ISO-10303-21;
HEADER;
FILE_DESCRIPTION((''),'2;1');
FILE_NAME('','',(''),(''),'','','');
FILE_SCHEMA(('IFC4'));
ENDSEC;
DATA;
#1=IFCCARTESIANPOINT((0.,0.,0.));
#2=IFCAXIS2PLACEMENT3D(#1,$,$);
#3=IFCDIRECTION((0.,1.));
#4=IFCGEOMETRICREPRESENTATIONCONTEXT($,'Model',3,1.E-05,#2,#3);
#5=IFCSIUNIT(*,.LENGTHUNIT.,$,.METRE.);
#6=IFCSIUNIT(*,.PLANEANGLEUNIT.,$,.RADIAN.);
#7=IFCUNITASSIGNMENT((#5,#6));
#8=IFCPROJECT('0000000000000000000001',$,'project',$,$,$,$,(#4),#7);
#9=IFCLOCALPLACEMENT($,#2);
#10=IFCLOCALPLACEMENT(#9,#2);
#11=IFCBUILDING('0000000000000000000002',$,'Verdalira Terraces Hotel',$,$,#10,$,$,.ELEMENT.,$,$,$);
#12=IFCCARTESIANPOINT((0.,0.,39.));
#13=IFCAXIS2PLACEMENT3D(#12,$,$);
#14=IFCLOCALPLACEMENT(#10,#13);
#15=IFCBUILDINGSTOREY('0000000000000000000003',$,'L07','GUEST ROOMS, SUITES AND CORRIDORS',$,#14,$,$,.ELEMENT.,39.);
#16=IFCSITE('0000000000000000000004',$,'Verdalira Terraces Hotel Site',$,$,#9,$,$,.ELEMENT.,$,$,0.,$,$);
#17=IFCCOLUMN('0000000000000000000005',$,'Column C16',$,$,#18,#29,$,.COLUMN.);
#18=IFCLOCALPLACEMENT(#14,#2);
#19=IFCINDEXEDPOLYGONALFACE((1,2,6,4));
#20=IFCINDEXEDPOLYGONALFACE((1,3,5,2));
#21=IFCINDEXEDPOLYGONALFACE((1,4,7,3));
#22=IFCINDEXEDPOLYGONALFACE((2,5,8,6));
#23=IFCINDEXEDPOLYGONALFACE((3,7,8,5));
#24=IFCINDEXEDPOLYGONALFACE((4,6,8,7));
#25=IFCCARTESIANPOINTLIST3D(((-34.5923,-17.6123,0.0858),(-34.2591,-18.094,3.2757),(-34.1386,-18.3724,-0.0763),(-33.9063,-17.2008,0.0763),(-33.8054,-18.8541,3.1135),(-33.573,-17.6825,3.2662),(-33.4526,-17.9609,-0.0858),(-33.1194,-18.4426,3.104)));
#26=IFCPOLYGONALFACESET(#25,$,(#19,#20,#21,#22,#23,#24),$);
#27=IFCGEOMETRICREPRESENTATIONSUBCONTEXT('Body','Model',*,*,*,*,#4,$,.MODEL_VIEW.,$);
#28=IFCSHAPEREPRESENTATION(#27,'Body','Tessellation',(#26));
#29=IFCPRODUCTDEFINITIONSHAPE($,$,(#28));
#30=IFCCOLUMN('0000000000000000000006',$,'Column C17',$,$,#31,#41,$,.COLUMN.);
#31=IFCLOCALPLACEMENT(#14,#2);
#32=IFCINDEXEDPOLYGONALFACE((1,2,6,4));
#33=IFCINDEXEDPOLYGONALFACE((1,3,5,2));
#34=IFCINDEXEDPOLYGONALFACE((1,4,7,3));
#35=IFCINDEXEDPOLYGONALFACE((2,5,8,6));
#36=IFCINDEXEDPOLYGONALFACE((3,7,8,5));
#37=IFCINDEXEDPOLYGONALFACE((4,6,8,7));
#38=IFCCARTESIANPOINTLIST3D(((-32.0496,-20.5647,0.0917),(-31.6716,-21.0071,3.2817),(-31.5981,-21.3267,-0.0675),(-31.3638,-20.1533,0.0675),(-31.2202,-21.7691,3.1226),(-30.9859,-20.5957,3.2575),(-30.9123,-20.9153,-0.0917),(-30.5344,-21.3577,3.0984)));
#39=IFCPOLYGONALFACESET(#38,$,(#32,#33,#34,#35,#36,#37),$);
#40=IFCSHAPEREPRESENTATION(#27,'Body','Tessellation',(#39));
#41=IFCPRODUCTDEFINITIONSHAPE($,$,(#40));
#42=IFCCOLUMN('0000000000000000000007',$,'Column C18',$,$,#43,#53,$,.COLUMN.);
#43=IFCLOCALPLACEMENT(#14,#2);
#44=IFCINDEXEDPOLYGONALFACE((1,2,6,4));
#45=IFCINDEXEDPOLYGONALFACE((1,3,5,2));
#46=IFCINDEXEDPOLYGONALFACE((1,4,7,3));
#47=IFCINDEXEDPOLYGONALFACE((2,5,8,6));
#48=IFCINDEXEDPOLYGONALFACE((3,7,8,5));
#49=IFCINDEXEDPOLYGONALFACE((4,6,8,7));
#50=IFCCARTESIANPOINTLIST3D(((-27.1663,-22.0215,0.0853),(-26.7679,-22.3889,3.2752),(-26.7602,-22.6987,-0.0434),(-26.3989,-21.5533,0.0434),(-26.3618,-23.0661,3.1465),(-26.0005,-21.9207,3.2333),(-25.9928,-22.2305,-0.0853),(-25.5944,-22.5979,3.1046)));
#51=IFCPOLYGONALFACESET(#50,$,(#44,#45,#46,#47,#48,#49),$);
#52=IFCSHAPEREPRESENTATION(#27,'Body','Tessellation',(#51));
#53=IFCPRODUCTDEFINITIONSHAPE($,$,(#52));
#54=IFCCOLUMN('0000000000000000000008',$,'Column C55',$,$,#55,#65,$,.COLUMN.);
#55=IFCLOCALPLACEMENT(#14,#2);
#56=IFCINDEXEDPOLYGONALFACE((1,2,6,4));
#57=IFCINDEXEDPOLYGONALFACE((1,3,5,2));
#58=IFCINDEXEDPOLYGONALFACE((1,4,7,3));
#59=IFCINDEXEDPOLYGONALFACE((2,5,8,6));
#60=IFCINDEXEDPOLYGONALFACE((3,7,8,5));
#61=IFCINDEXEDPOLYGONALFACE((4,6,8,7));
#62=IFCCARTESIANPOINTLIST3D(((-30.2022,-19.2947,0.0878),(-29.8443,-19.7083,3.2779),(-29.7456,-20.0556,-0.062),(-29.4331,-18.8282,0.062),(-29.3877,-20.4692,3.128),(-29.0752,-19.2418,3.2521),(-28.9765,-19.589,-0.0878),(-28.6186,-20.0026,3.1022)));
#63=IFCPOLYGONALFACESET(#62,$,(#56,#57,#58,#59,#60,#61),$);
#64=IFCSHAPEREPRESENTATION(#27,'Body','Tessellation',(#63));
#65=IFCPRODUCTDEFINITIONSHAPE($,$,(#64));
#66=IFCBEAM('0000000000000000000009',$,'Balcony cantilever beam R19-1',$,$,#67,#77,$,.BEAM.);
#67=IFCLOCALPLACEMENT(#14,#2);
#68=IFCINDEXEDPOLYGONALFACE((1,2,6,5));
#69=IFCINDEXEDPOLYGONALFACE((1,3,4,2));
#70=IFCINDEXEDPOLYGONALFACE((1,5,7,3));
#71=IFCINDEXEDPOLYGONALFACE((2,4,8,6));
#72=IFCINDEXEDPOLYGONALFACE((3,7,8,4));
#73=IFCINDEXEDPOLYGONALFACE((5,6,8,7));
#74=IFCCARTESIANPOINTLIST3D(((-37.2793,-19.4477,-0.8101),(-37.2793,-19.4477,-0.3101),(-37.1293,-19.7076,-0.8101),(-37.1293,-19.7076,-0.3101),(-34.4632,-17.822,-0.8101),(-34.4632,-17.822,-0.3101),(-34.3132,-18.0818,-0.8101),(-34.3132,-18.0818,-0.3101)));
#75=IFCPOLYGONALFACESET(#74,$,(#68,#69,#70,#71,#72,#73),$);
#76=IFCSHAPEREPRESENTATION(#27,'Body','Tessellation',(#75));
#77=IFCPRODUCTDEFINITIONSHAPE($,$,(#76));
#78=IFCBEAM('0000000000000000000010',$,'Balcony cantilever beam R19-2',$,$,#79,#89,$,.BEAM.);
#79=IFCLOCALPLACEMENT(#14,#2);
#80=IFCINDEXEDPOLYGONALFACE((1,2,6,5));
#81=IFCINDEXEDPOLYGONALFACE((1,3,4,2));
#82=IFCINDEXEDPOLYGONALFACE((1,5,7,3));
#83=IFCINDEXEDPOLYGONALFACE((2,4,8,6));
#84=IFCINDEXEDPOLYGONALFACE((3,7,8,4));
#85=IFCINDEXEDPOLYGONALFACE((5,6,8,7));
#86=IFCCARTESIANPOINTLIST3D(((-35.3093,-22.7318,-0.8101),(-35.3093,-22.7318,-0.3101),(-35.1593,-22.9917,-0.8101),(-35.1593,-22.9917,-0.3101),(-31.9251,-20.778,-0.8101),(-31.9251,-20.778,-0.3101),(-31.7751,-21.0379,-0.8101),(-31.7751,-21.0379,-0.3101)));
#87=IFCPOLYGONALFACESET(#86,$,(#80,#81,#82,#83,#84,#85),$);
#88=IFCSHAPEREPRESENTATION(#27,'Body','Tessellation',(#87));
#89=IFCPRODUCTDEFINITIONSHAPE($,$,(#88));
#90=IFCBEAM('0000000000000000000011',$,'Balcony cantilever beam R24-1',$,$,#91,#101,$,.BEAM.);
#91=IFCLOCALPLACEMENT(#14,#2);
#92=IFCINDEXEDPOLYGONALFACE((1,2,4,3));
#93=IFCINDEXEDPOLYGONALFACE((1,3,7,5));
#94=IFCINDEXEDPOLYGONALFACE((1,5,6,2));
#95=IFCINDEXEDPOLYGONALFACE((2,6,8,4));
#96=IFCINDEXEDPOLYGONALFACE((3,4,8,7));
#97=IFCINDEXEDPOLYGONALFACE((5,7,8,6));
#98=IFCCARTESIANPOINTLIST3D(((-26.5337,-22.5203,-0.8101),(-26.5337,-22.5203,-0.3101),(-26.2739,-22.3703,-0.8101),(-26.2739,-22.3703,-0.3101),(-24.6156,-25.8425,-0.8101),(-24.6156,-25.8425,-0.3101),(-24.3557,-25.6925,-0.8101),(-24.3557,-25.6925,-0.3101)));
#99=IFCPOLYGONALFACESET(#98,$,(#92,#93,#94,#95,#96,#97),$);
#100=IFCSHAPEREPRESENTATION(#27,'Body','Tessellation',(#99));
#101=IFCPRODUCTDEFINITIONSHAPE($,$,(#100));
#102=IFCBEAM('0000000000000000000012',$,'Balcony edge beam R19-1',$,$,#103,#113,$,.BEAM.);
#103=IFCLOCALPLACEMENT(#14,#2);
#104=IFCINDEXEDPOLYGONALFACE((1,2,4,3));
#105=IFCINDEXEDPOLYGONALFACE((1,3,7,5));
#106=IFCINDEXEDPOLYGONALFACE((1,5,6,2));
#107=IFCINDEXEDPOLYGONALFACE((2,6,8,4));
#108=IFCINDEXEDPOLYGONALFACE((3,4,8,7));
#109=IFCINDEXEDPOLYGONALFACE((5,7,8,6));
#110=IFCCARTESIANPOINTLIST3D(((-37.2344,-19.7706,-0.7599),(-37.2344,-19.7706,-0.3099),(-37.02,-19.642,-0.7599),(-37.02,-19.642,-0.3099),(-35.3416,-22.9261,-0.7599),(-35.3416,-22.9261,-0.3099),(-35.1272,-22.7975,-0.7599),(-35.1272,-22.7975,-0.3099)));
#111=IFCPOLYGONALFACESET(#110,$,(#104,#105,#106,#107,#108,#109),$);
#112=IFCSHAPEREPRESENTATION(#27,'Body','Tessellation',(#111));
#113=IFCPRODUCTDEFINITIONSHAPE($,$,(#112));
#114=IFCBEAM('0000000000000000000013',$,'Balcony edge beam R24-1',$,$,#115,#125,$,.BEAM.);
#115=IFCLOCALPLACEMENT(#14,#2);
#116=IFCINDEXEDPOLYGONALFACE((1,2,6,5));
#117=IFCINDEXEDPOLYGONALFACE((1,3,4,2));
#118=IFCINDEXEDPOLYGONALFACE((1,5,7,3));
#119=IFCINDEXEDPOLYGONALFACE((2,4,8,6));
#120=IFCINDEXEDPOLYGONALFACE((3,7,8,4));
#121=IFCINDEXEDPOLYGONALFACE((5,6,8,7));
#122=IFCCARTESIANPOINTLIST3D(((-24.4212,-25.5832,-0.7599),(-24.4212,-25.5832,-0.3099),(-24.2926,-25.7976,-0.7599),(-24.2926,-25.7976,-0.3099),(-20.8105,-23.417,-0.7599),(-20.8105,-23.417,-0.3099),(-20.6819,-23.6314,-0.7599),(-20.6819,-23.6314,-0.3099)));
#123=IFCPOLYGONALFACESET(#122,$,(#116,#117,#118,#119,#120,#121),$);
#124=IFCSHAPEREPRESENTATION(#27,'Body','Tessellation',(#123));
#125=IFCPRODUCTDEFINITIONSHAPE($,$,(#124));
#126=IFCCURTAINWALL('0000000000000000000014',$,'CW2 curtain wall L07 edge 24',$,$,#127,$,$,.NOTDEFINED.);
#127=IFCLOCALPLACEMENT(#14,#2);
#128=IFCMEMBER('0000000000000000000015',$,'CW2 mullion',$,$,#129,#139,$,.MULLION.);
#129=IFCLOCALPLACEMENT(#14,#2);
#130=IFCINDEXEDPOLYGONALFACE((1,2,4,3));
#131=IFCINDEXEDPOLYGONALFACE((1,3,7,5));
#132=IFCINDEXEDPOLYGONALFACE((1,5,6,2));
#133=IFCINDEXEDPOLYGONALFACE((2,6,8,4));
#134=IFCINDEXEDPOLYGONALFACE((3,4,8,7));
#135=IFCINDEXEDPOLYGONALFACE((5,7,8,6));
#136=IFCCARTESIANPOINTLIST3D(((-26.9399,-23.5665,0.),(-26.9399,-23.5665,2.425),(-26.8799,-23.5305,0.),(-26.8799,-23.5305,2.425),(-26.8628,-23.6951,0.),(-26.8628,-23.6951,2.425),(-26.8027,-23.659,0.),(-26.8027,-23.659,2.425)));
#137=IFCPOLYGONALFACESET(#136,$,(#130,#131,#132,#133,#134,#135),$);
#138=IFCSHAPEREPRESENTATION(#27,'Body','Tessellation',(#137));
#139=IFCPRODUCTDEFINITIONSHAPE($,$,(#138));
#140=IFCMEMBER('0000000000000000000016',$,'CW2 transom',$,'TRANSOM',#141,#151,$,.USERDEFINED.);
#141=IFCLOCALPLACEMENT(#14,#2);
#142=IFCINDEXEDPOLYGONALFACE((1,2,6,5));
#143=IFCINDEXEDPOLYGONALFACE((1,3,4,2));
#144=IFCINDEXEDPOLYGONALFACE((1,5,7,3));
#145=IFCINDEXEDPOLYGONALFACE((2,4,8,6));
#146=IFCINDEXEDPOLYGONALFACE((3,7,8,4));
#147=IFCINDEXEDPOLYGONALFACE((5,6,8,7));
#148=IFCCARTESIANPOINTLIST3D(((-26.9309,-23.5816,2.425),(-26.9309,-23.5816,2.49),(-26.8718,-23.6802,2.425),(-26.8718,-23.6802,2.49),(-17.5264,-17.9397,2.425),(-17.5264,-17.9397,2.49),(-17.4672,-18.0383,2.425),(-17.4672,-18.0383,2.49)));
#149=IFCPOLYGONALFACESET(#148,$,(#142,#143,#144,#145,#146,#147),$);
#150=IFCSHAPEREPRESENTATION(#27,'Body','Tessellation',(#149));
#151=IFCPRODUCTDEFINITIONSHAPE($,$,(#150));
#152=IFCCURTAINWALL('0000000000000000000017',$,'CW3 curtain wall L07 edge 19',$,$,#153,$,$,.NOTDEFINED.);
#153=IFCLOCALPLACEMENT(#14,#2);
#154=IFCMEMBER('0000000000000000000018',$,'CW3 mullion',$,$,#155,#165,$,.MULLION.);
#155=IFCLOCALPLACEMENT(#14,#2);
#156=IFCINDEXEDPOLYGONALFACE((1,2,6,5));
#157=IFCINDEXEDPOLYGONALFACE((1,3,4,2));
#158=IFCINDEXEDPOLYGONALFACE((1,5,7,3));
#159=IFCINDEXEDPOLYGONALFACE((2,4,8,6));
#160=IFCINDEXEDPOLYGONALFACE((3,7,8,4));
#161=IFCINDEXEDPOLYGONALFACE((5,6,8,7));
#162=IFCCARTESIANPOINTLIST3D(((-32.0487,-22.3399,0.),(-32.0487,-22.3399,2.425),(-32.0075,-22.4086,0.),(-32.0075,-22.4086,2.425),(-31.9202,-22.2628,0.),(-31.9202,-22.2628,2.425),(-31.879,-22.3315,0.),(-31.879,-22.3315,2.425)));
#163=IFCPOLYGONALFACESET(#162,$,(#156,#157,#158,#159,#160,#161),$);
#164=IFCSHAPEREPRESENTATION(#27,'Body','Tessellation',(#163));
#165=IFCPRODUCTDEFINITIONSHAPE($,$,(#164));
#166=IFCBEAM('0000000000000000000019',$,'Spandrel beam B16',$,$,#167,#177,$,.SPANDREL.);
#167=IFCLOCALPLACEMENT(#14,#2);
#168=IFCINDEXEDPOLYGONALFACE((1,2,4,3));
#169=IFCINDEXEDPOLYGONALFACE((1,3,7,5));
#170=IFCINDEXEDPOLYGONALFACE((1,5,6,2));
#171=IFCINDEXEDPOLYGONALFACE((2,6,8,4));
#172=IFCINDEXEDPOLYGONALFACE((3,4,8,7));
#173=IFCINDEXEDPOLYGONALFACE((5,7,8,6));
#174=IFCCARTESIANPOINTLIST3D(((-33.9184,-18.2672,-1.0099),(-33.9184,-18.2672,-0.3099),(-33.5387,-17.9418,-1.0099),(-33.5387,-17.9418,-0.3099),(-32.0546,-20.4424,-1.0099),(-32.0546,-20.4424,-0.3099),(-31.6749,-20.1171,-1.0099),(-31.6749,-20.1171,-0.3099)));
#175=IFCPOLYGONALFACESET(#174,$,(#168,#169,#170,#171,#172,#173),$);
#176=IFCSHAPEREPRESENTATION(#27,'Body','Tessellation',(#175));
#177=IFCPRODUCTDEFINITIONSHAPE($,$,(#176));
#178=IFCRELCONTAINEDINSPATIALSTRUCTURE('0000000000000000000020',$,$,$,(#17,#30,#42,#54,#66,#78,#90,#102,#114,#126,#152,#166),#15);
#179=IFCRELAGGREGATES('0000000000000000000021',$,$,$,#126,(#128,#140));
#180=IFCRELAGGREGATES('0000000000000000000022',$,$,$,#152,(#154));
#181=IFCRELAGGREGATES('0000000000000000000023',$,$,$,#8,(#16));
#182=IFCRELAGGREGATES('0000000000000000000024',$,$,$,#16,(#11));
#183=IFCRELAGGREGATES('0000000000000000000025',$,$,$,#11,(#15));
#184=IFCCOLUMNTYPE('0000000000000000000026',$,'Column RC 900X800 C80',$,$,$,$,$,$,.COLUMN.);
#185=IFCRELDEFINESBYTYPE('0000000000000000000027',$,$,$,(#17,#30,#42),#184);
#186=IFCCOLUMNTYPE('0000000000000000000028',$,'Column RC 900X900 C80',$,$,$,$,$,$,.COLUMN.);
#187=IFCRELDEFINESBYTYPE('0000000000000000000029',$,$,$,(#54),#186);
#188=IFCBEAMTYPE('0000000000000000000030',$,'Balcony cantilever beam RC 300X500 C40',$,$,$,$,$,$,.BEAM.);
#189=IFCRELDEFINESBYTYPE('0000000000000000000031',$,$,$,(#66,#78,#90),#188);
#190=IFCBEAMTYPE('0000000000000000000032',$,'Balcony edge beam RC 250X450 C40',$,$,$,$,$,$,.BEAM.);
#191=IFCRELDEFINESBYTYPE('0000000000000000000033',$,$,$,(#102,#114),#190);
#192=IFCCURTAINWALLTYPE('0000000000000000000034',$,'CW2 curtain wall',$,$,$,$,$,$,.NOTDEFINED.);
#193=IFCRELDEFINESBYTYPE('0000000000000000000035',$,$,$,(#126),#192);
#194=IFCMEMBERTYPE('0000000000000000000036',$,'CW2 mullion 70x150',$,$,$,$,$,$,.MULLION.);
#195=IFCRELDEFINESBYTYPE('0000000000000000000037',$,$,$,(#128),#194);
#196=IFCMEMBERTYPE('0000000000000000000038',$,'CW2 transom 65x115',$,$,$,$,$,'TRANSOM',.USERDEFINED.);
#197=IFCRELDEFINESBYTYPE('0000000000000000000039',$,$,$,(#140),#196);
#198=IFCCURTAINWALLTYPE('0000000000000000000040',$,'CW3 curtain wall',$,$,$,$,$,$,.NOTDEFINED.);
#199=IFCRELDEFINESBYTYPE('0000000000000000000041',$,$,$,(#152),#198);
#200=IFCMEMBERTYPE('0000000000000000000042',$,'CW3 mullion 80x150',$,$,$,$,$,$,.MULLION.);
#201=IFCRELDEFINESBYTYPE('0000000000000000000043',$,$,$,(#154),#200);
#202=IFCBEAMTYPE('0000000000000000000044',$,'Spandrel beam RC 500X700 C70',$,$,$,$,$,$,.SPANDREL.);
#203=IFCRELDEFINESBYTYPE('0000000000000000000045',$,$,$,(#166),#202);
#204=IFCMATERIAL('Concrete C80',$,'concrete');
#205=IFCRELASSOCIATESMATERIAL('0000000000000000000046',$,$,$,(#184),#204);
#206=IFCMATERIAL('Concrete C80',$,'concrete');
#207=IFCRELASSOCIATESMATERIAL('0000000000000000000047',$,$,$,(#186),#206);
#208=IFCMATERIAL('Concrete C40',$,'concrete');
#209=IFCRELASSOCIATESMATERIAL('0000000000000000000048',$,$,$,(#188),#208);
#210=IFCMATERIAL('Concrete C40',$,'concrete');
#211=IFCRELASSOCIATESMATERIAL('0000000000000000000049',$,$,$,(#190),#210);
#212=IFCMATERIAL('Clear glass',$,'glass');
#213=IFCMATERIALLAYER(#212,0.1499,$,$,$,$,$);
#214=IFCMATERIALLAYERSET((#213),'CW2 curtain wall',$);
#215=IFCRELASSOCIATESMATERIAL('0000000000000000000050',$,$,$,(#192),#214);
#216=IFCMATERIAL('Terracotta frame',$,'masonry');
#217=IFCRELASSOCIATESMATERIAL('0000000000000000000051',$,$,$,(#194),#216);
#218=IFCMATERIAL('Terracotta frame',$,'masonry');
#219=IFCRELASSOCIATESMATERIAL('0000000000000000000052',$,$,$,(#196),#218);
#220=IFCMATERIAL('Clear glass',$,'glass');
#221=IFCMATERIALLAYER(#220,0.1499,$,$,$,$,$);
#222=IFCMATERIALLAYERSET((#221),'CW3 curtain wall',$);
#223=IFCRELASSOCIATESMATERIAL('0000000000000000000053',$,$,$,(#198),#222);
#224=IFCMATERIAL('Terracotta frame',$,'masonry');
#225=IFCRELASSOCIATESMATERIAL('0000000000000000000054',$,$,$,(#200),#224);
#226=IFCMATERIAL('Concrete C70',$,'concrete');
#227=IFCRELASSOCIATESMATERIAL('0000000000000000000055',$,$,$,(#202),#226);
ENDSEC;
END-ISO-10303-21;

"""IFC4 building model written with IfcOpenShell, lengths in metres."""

from ifc_helpers import new_model, si_unit, direction, frame, origin, origin_2d, place, context, subcontext, project, spatial, rectangle, extrude, material, layer, layer_set, material_profile, profile_set, type_object, element, aggregate, save


model = new_model("IFC4")

# Units and contexts
model_context = context("Model", 3, precision=1e-05, world=origin(), true_north=direction((0.0, 1.0)))
body_context = subcontext(model_context, "Body", "Model", "MODEL_VIEW")
ifc_project = project(units=[si_unit("LENGTHUNIT", "METRE"), si_unit("PLANEANGLEUNIT", "RADIAN")], contexts=[model_context])

# Site, building, storey
site_placement = place(None, origin())
site = spatial("IfcSite", under=ifc_project, at=site_placement, Name="Verdalira Terraces Hotel Site", CompositionType="ELEMENT", RefElevation=0.0)
building_placement = place(site_placement, origin())
building = spatial("IfcBuilding", under=site, at=building_placement, Name="Verdalira Terraces Hotel", CompositionType="ELEMENT")
storey_placement = place(building_placement, frame((0.0, 0.0, 39.0)))
storey = spatial("IfcBuildingStorey", under=building, at=storey_placement, Name="L07", Description="GUEST ROOMS, SUITES AND CORRIDORS", CompositionType="ELEMENT", Elevation=39.0)

# Columns
ifc_material_1 = material(Name="Concrete C80", Category="concrete")
ifc_material_profile_1 = material_profile(ifc_material_1, rectangle(XDim=0.8999, YDim=0.8, at=origin_2d()), Name="RC 900X800")
ifc_profile_set_1 = profile_set([ifc_material_profile_1], Name="Concrete C80")
column_type_1 = type_object("IfcColumnType", Name="Column RC 900X800 C80", PredefinedType="COLUMN", material=ifc_profile_set_1)
column_1_placement = place(storey_placement, frame((-34.0225, -17.7866, 0.0), z_axis=(0.102752, -0.14852, 0.983557), x_axis=(0.504135, -0.844615, -0.180206)))
element("IfcColumn", 1, at=column_1_placement, inside=storey, type_object=column_type_1, Name="Column C16", PredefinedType="COLUMN", context=body_context, shape_type="SweptSolid", body=[
    extrude(rectangle(XDim=0.8999, YDim=0.8, at=origin_2d()), origin(), (0.0, 0.0, 1.0), 3.2432),
])
column_2_placement = place(storey_placement, frame((-31.481, -20.74, 0.0), z_axis=(0.116553, -0.13643, 0.98377), x_axis=(0.501683, -0.846777, -0.176869)))
element("IfcColumn", 2, at=column_2_placement, inside=storey, type_object=column_type_1, Name="Column C17", PredefinedType="COLUMN", context=body_context, shape_type="SweptSolid", body=[
    extrude(rectangle(XDim=0.8999, YDim=0.8, at=origin_2d()), origin(), (0.0, 0.0, 1.0), 3.2427),
])
column_3_placement = place(storey_placement, frame((-26.5796, -22.126, 0.0), z_axis=(0.12314, -0.113557, 0.985871), x_axis=(0.852759, 0.520223, -0.046592)))
element("IfcColumn", 3, at=column_3_placement, inside=storey, type_object=column_type_1, Name="Column C18", PredefinedType="COLUMN", context=body_context, shape_type="SweptSolid", body=[
    extrude(rectangle(XDim=0.8999, YDim=0.8, at=origin_2d()), origin(), (0.0, 0.0, 1.0), 3.2356),
])
ifc_material_2 = material(Name="Concrete C80", Category="concrete")
ifc_material_profile_2 = material_profile(ifc_material_2, rectangle(XDim=0.8999, YDim=0.8999, at=origin_2d()), Name="RC 900X900")
ifc_profile_set_2 = profile_set([ifc_material_profile_2], Name="Concrete C80")
column_type_2 = type_object("IfcColumnType", Name="Column RC 900X900 C80", PredefinedType="COLUMN", material=ifc_profile_set_2)
column_4_placement = place(storey_placement, frame((-29.5894, -19.4419, 0.0), z_axis=(0.110586, -0.127785, 0.985617), x_axis=(-0.854618, -0.518466, 0.028669)))
element("IfcColumn", 4, at=column_4_placement, inside=storey, type_object=column_type_2, Name="Column C55", PredefinedType="COLUMN", context=body_context, shape_type="SweptSolid", body=[
    extrude(rectangle(XDim=0.8999, YDim=0.8999, at=origin_2d()), origin(), (0.0, 0.0, 1.0), 3.2366),
])

# Beams
ifc_material_3 = material(Name="Concrete C40", Category="concrete")
ifc_material_profile_3 = material_profile(ifc_material_3, rectangle(XDim=0.3, YDim=0.5, at=origin_2d()), Name="RC 300X500")
ifc_profile_set_3 = profile_set([ifc_material_profile_3], Name="Concrete C40")
beam_type_1 = type_object("IfcBeamType", Name="Balcony cantilever beam RC 300X500 C40", PredefinedType="BEAM", material=ifc_profile_set_3)
beam_1_placement = place(storey_placement, frame((-34.3882, -17.9519, -0.5601), z_axis=(-0.866049, -0.499959, 0.0), x_axis=(0.499959, -0.866049, 0.0)))
element("IfcBeam", 5, at=beam_1_placement, inside=storey, type_object=beam_type_1, Name="Balcony cantilever beam R19-1", PredefinedType="BEAM", context=body_context, shape_type="SweptSolid", body=[
    extrude(rectangle(XDim=0.3, YDim=0.5, at=origin_2d()), origin(), (0.0, 0.0, 1.0), 3.2517),
])
beam_2_placement = place(storey_placement, frame((-31.8501, -20.908, -0.5601), z_axis=(-0.866032, -0.499989, 0.0), x_axis=(0.499989, -0.866032, 0.0)))
element("IfcBeam", 6, at=beam_2_placement, inside=storey, type_object=beam_type_1, Name="Balcony cantilever beam R19-2", PredefinedType="BEAM", context=body_context, shape_type="SweptSolid", body=[
    extrude(rectangle(XDim=0.3, YDim=0.5, at=origin_2d()), origin(), (0.0, 0.0, 1.0), 3.9077),
])
beam_3_placement = place(storey_placement, frame((-26.4038, -22.4453, -0.5601), z_axis=(0.50002, -0.866014, 0.0), x_axis=(0.866014, 0.50002, 0.0)))
element("IfcBeam", 7, at=beam_3_placement, inside=storey, type_object=beam_type_1, Name="Balcony cantilever beam R24-1", PredefinedType="BEAM", context=body_context, shape_type="SweptSolid", body=[
    extrude(rectangle(XDim=0.3, YDim=0.5, at=origin_2d()), origin(), (0.0, 0.0, 1.0), 3.8362),
])
ifc_material_4 = material(Name="Concrete C40", Category="concrete")
ifc_material_profile_4 = material_profile(ifc_material_4, rectangle(XDim=0.25, YDim=0.45, at=origin_2d()), Name="RC 250X450")
ifc_profile_set_4 = profile_set([ifc_material_profile_4], Name="Concrete C40")
beam_type_2 = type_object("IfcBeamType", Name="Balcony edge beam RC 250X450 C40", PredefinedType="BEAM", material=ifc_profile_set_4)
beam_4_placement = place(storey_placement, frame((-37.1272, -19.7063, -0.5349), z_axis=(0.514398, -0.857551, 0.0), x_axis=(0.857551, 0.514398, 0.0)))
element("IfcBeam", 8, at=beam_4_placement, inside=storey, type_object=beam_type_2, Name="Balcony edge beam R19-1", PredefinedType="BEAM", context=body_context, shape_type="SweptSolid", body=[
    extrude(rectangle(XDim=0.25, YDim=0.45, at=origin_2d()), origin(), (0.0, 0.0, 1.0), 3.6797),
])
beam_5_placement = place(storey_placement, frame((-24.3569, -25.6904, -0.5349), z_axis=(0.857519, 0.514453, 0.0), x_axis=(-0.514453, 0.857519, 0.0)))
element("IfcBeam", 9, at=beam_5_placement, inside=storey, type_object=beam_type_2, Name="Balcony edge beam R24-1", PredefinedType="BEAM", context=body_context, shape_type="SweptSolid", body=[
    extrude(rectangle(XDim=0.25, YDim=0.45, at=origin_2d()), origin(), (0.0, 0.0, 1.0), 4.2107),
])

# Curtain wall, members
ifc_material_5 = material(Name="Clear glass", Category="glass")
ifc_layer_1 = layer(ifc_material_5, 0.1499)
ifc_layer_set_1 = layer_set([ifc_layer_1], Name="CW2 curtain wall")
curtain_wall_type_1 = type_object("IfcCurtainWallType", Name="CW2 curtain wall", PredefinedType="NOTDEFINED", material=ifc_layer_set_1)
curtain_wall_1_placement = place(storey_placement, origin())
curtain_wall_1 = element("IfcCurtainWall", 10, at=curtain_wall_1_placement, inside=storey, type_object=curtain_wall_type_1, Name="CW2 curtain wall L07 edge 24", PredefinedType="NOTDEFINED")
ifc_material_6 = material(Name="Terracotta frame", Category="masonry")
ifc_material_profile_5 = material_profile(ifc_material_6, rectangle(XDim=0.0701, YDim=0.1499, at=origin_2d()), Name="MU 70x150")
ifc_profile_set_5 = profile_set([ifc_material_profile_5], Name="Terracotta frame")
member_type_1 = type_object("IfcMemberType", Name="CW2 mullion 70x150", PredefinedType="MULLION", material=ifc_profile_set_5)
member_1_placement = place(storey_placement, frame((-26.8713, -23.6128, 0.0), z_axis=(0.0, 0.0, 1.0), x_axis=(0.857527, 0.51444, 0.0)))
member_1 = element("IfcMember", 11, at=member_1_placement, type_object=member_type_1, Name="CW2 mullion", PredefinedType="MULLION", context=body_context, shape_type="SweptSolid", body=[
    extrude(rectangle(XDim=0.0701, YDim=0.1499, at=origin_2d()), origin(), (0.0, 0.0, 1.0), 2.425),
])
ifc_material_7 = material(Name="Terracotta frame", Category="masonry")
ifc_material_profile_6 = material_profile(ifc_material_7, rectangle(XDim=0.115, YDim=0.0649, at=origin_2d()), Name="TR 65x115")
ifc_profile_set_6 = profile_set([ifc_material_profile_6], Name="Terracotta frame")
member_type_2 = type_object("IfcMemberType", Name="CW2 transom 65x115", ElementType="TRANSOM", PredefinedType="USERDEFINED", material=ifc_profile_set_6)
member_2_placement = place(storey_placement, frame((-26.9014, -23.6309, 2.4575), z_axis=(0.857528, 0.514437, 0.0), x_axis=(-0.514437, 0.857528, 0.0)))
member_2 = element("IfcMember", 12, at=member_2_placement, type_object=member_type_2, Name="CW2 transom", ObjectType="TRANSOM", PredefinedType="USERDEFINED", context=body_context, shape_type="SweptSolid", body=[
    extrude(rectangle(XDim=0.115, YDim=0.0649, at=origin_2d()), origin(), (0.0, 0.0, 1.0), 10.967),
])
aggregate(curtain_wall_1, [member_1, member_2])

# Curtain wall, member
ifc_material_8 = material(Name="Clear glass", Category="glass")
ifc_layer_2 = layer(ifc_material_8, 0.1499)
ifc_layer_set_2 = layer_set([ifc_layer_2], Name="CW3 curtain wall")
curtain_wall_type_2 = type_object("IfcCurtainWallType", Name="CW3 curtain wall", PredefinedType="NOTDEFINED", material=ifc_layer_set_2)
curtain_wall_2_placement = place(storey_placement, origin())
curtain_wall_2 = element("IfcCurtainWall", 13, at=curtain_wall_2_placement, inside=storey, type_object=curtain_wall_type_2, Name="CW3 curtain wall L07 edge 19", PredefinedType="NOTDEFINED")
ifc_material_9 = material(Name="Terracotta frame", Category="masonry")
ifc_material_profile_7 = material_profile(ifc_material_9, rectangle(XDim=0.0801, YDim=0.1499, at=origin_2d()), Name="MU 80x150")
ifc_profile_set_7 = profile_set([ifc_material_profile_7], Name="Terracotta frame")
member_type_3 = type_object("IfcMemberType", Name="CW3 mullion 80x150", PredefinedType="MULLION", material=ifc_profile_set_7)
member_3_placement = place(storey_placement, frame((-31.9639, -22.3357, 0.0), z_axis=(0.0, 0.0, 1.0), x_axis=(0.51444, -0.857527, 0.0)))
member_3 = element("IfcMember", 14, at=member_3_placement, type_object=member_type_3, Name="CW3 mullion", PredefinedType="MULLION", context=body_context, shape_type="SweptSolid", body=[
    extrude(rectangle(XDim=0.0801, YDim=0.1499, at=origin_2d()), origin(), (0.0, 0.0, 1.0), 2.425),
])

# Beam
ifc_material_10 = material(Name="Concrete C70", Category="concrete")
ifc_material_profile_8 = material_profile(ifc_material_10, rectangle(XDim=0.5, YDim=0.7, at=origin_2d()), Name="RC 500X700")
ifc_profile_set_8 = profile_set([ifc_material_profile_8], Name="Concrete C70")
beam_type_3 = type_object("IfcBeamType", Name="Spandrel beam RC 500X700 C70", PredefinedType="SPANDREL", material=ifc_profile_set_8)
beam_6_placement = place(storey_placement, frame((-33.7285, -18.1045, -0.6599), z_axis=(0.650637, -0.759389, 0.0), x_axis=(0.759389, 0.650637, 0.0)))
element("IfcBeam", 15, at=beam_6_placement, inside=storey, type_object=beam_type_3, Name="Spandrel beam B16", PredefinedType="SPANDREL", context=body_context, shape_type="SweptSolid", body=[
    extrude(rectangle(XDim=0.5, YDim=0.7, at=origin_2d()), origin(), (0.0, 0.0, 1.0), 2.8645),
])

aggregate(curtain_wall_2, [member_3])

save(model, "model.ifc")
